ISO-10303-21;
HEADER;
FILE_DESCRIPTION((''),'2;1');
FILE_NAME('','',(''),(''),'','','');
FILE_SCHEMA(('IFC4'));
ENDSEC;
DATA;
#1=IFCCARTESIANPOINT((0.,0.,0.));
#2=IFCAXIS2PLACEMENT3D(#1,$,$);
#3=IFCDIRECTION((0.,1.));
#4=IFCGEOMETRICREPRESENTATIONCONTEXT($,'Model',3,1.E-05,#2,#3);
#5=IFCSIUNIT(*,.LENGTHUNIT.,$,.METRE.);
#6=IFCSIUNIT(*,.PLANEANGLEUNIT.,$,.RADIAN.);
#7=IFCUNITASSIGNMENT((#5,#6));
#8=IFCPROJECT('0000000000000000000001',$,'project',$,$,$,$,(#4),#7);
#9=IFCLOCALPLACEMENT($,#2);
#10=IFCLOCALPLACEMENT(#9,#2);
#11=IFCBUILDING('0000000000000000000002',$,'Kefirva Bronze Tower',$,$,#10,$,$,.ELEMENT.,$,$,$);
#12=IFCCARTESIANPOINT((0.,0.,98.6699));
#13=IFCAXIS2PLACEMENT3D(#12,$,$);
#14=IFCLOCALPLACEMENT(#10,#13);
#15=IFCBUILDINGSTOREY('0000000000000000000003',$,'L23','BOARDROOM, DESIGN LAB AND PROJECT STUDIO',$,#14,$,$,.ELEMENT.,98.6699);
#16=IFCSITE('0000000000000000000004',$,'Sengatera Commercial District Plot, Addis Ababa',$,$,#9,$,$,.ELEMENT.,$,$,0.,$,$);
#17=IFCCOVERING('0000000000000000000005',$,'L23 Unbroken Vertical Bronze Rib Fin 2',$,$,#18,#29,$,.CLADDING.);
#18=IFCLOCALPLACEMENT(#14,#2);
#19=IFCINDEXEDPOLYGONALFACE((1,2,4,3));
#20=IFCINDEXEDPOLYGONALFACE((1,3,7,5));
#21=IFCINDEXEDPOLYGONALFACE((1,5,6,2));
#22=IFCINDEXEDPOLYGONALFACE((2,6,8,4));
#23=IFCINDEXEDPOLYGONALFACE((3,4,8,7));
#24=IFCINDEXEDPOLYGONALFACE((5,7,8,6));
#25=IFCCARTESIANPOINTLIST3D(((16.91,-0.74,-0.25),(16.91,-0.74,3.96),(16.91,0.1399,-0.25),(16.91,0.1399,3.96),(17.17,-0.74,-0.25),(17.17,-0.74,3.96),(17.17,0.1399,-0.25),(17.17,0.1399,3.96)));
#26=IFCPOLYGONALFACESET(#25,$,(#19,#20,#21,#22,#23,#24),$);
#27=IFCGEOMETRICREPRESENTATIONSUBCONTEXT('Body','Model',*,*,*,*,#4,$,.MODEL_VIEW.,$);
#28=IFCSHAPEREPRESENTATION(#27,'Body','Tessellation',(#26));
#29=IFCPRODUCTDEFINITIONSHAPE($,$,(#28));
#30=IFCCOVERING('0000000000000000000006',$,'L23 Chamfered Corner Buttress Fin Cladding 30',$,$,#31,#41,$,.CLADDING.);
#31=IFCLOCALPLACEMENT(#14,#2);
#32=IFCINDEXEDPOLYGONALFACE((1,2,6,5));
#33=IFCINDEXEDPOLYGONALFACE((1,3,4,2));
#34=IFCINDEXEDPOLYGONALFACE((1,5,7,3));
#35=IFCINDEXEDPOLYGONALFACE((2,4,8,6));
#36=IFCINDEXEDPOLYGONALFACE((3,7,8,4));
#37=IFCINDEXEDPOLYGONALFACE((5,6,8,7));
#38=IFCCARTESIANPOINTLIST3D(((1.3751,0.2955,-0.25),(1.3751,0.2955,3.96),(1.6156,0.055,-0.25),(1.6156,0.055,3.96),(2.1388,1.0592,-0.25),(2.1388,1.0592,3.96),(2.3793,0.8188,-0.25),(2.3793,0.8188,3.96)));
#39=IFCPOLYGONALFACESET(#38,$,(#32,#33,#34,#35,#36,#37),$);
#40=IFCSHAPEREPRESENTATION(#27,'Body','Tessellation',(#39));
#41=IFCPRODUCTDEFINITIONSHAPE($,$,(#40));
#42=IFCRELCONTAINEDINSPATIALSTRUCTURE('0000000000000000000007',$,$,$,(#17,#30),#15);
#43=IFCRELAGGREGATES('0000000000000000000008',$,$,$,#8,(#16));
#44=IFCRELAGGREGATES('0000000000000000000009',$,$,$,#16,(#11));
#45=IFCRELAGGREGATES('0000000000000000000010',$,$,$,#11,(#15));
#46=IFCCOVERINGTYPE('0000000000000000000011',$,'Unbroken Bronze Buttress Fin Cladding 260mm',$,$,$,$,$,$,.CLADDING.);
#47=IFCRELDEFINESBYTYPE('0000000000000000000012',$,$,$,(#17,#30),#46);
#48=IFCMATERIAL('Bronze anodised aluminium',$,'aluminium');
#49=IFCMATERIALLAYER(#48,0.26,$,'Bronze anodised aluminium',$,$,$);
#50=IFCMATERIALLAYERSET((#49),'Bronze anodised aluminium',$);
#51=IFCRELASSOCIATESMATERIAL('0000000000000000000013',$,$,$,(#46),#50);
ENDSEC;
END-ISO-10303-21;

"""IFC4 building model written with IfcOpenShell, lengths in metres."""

from ifc_helpers import new_model, si_unit, direction, frame, origin, origin_2d, place, context, subcontext, project, spatial, rectangle, extrude, material, layer, layer_set, type_object, element, save


model = new_model("IFC4")

# Units and contexts
model_context = context("Model", 3, precision=1e-05, world=origin(), true_north=direction((0.0, 1.0)))
body_context = subcontext(model_context, "Body", "Model", "MODEL_VIEW")
ifc_project = project(units=[si_unit("LENGTHUNIT", "METRE"), si_unit("PLANEANGLEUNIT", "RADIAN")], contexts=[model_context])

# Site, building, storey
site_placement = place(None, origin())
site = spatial("IfcSite", under=ifc_project, at=site_placement, Name="Sengatera Commercial District Plot, Addis Ababa", CompositionType="ELEMENT", RefElevation=0.0)
building_placement = place(site_placement, origin())
building = spatial("IfcBuilding", under=site, at=building_placement, Name="Kefirva Bronze Tower", CompositionType="ELEMENT")
storey_placement = place(building_placement, frame((0.0, 0.0, 98.6699)))
storey = spatial("IfcBuildingStorey", under=building, at=storey_placement, Name="L23", Description="BOARDROOM, DESIGN LAB AND PROJECT STUDIO", CompositionType="ELEMENT", Elevation=98.6699)

# Shared definitions
ifc_material_1 = material(Name="Bronze anodised aluminium", Category="aluminium")

# Coverings
ifc_layer_1 = layer(ifc_material_1, 0.26, Name="Bronze anodised aluminium")
ifc_layer_set_1 = layer_set([ifc_layer_1], Name="Bronze anodised aluminium")
covering_type_1 = type_object("IfcCoveringType", Name="Unbroken Bronze Buttress Fin Cladding 260mm", PredefinedType="CLADDING", material=ifc_layer_set_1)
for number, where, z_axis, x_axis, name in (
    (1, (17.04, -0.3, -0.25), (0.0, 0.0, 1.0), (1.0, 0.0, 0.0), "L23 Unbroken Vertical Bronze Rib Fin 2"),
):
    element("IfcCovering", number, at=place(storey_placement, frame(where, z_axis=z_axis, x_axis=x_axis)), inside=storey, type_object=covering_type_1, Name=name, PredefinedType="CLADDING", context=body_context, shape_type="SweptSolid", body=[
        extrude(rectangle(XDim=0.26, YDim=0.8799, at=origin_2d()), origin(), (0.0, 0.0, 1.0), 4.21),
    ])
covering_1_placement = place(storey_placement, frame((1.8772, 0.5571, -0.25), z_axis=(0.0, 0.0, 1.0), x_axis=(0.707107, -0.707107, 0.0)))
element("IfcCovering", 2, at=covering_1_placement, inside=storey, type_object=covering_type_1, Name="L23 Chamfered Corner Buttress Fin Cladding 30", PredefinedType="CLADDING", context=body_context, shape_type="SweptSolid", body=[
    extrude(rectangle(XDim=0.3401, YDim=1.0801, at=origin_2d()), origin(), (0.0, 0.0, 1.0), 4.21),
])

save(model, "model.ifc")
